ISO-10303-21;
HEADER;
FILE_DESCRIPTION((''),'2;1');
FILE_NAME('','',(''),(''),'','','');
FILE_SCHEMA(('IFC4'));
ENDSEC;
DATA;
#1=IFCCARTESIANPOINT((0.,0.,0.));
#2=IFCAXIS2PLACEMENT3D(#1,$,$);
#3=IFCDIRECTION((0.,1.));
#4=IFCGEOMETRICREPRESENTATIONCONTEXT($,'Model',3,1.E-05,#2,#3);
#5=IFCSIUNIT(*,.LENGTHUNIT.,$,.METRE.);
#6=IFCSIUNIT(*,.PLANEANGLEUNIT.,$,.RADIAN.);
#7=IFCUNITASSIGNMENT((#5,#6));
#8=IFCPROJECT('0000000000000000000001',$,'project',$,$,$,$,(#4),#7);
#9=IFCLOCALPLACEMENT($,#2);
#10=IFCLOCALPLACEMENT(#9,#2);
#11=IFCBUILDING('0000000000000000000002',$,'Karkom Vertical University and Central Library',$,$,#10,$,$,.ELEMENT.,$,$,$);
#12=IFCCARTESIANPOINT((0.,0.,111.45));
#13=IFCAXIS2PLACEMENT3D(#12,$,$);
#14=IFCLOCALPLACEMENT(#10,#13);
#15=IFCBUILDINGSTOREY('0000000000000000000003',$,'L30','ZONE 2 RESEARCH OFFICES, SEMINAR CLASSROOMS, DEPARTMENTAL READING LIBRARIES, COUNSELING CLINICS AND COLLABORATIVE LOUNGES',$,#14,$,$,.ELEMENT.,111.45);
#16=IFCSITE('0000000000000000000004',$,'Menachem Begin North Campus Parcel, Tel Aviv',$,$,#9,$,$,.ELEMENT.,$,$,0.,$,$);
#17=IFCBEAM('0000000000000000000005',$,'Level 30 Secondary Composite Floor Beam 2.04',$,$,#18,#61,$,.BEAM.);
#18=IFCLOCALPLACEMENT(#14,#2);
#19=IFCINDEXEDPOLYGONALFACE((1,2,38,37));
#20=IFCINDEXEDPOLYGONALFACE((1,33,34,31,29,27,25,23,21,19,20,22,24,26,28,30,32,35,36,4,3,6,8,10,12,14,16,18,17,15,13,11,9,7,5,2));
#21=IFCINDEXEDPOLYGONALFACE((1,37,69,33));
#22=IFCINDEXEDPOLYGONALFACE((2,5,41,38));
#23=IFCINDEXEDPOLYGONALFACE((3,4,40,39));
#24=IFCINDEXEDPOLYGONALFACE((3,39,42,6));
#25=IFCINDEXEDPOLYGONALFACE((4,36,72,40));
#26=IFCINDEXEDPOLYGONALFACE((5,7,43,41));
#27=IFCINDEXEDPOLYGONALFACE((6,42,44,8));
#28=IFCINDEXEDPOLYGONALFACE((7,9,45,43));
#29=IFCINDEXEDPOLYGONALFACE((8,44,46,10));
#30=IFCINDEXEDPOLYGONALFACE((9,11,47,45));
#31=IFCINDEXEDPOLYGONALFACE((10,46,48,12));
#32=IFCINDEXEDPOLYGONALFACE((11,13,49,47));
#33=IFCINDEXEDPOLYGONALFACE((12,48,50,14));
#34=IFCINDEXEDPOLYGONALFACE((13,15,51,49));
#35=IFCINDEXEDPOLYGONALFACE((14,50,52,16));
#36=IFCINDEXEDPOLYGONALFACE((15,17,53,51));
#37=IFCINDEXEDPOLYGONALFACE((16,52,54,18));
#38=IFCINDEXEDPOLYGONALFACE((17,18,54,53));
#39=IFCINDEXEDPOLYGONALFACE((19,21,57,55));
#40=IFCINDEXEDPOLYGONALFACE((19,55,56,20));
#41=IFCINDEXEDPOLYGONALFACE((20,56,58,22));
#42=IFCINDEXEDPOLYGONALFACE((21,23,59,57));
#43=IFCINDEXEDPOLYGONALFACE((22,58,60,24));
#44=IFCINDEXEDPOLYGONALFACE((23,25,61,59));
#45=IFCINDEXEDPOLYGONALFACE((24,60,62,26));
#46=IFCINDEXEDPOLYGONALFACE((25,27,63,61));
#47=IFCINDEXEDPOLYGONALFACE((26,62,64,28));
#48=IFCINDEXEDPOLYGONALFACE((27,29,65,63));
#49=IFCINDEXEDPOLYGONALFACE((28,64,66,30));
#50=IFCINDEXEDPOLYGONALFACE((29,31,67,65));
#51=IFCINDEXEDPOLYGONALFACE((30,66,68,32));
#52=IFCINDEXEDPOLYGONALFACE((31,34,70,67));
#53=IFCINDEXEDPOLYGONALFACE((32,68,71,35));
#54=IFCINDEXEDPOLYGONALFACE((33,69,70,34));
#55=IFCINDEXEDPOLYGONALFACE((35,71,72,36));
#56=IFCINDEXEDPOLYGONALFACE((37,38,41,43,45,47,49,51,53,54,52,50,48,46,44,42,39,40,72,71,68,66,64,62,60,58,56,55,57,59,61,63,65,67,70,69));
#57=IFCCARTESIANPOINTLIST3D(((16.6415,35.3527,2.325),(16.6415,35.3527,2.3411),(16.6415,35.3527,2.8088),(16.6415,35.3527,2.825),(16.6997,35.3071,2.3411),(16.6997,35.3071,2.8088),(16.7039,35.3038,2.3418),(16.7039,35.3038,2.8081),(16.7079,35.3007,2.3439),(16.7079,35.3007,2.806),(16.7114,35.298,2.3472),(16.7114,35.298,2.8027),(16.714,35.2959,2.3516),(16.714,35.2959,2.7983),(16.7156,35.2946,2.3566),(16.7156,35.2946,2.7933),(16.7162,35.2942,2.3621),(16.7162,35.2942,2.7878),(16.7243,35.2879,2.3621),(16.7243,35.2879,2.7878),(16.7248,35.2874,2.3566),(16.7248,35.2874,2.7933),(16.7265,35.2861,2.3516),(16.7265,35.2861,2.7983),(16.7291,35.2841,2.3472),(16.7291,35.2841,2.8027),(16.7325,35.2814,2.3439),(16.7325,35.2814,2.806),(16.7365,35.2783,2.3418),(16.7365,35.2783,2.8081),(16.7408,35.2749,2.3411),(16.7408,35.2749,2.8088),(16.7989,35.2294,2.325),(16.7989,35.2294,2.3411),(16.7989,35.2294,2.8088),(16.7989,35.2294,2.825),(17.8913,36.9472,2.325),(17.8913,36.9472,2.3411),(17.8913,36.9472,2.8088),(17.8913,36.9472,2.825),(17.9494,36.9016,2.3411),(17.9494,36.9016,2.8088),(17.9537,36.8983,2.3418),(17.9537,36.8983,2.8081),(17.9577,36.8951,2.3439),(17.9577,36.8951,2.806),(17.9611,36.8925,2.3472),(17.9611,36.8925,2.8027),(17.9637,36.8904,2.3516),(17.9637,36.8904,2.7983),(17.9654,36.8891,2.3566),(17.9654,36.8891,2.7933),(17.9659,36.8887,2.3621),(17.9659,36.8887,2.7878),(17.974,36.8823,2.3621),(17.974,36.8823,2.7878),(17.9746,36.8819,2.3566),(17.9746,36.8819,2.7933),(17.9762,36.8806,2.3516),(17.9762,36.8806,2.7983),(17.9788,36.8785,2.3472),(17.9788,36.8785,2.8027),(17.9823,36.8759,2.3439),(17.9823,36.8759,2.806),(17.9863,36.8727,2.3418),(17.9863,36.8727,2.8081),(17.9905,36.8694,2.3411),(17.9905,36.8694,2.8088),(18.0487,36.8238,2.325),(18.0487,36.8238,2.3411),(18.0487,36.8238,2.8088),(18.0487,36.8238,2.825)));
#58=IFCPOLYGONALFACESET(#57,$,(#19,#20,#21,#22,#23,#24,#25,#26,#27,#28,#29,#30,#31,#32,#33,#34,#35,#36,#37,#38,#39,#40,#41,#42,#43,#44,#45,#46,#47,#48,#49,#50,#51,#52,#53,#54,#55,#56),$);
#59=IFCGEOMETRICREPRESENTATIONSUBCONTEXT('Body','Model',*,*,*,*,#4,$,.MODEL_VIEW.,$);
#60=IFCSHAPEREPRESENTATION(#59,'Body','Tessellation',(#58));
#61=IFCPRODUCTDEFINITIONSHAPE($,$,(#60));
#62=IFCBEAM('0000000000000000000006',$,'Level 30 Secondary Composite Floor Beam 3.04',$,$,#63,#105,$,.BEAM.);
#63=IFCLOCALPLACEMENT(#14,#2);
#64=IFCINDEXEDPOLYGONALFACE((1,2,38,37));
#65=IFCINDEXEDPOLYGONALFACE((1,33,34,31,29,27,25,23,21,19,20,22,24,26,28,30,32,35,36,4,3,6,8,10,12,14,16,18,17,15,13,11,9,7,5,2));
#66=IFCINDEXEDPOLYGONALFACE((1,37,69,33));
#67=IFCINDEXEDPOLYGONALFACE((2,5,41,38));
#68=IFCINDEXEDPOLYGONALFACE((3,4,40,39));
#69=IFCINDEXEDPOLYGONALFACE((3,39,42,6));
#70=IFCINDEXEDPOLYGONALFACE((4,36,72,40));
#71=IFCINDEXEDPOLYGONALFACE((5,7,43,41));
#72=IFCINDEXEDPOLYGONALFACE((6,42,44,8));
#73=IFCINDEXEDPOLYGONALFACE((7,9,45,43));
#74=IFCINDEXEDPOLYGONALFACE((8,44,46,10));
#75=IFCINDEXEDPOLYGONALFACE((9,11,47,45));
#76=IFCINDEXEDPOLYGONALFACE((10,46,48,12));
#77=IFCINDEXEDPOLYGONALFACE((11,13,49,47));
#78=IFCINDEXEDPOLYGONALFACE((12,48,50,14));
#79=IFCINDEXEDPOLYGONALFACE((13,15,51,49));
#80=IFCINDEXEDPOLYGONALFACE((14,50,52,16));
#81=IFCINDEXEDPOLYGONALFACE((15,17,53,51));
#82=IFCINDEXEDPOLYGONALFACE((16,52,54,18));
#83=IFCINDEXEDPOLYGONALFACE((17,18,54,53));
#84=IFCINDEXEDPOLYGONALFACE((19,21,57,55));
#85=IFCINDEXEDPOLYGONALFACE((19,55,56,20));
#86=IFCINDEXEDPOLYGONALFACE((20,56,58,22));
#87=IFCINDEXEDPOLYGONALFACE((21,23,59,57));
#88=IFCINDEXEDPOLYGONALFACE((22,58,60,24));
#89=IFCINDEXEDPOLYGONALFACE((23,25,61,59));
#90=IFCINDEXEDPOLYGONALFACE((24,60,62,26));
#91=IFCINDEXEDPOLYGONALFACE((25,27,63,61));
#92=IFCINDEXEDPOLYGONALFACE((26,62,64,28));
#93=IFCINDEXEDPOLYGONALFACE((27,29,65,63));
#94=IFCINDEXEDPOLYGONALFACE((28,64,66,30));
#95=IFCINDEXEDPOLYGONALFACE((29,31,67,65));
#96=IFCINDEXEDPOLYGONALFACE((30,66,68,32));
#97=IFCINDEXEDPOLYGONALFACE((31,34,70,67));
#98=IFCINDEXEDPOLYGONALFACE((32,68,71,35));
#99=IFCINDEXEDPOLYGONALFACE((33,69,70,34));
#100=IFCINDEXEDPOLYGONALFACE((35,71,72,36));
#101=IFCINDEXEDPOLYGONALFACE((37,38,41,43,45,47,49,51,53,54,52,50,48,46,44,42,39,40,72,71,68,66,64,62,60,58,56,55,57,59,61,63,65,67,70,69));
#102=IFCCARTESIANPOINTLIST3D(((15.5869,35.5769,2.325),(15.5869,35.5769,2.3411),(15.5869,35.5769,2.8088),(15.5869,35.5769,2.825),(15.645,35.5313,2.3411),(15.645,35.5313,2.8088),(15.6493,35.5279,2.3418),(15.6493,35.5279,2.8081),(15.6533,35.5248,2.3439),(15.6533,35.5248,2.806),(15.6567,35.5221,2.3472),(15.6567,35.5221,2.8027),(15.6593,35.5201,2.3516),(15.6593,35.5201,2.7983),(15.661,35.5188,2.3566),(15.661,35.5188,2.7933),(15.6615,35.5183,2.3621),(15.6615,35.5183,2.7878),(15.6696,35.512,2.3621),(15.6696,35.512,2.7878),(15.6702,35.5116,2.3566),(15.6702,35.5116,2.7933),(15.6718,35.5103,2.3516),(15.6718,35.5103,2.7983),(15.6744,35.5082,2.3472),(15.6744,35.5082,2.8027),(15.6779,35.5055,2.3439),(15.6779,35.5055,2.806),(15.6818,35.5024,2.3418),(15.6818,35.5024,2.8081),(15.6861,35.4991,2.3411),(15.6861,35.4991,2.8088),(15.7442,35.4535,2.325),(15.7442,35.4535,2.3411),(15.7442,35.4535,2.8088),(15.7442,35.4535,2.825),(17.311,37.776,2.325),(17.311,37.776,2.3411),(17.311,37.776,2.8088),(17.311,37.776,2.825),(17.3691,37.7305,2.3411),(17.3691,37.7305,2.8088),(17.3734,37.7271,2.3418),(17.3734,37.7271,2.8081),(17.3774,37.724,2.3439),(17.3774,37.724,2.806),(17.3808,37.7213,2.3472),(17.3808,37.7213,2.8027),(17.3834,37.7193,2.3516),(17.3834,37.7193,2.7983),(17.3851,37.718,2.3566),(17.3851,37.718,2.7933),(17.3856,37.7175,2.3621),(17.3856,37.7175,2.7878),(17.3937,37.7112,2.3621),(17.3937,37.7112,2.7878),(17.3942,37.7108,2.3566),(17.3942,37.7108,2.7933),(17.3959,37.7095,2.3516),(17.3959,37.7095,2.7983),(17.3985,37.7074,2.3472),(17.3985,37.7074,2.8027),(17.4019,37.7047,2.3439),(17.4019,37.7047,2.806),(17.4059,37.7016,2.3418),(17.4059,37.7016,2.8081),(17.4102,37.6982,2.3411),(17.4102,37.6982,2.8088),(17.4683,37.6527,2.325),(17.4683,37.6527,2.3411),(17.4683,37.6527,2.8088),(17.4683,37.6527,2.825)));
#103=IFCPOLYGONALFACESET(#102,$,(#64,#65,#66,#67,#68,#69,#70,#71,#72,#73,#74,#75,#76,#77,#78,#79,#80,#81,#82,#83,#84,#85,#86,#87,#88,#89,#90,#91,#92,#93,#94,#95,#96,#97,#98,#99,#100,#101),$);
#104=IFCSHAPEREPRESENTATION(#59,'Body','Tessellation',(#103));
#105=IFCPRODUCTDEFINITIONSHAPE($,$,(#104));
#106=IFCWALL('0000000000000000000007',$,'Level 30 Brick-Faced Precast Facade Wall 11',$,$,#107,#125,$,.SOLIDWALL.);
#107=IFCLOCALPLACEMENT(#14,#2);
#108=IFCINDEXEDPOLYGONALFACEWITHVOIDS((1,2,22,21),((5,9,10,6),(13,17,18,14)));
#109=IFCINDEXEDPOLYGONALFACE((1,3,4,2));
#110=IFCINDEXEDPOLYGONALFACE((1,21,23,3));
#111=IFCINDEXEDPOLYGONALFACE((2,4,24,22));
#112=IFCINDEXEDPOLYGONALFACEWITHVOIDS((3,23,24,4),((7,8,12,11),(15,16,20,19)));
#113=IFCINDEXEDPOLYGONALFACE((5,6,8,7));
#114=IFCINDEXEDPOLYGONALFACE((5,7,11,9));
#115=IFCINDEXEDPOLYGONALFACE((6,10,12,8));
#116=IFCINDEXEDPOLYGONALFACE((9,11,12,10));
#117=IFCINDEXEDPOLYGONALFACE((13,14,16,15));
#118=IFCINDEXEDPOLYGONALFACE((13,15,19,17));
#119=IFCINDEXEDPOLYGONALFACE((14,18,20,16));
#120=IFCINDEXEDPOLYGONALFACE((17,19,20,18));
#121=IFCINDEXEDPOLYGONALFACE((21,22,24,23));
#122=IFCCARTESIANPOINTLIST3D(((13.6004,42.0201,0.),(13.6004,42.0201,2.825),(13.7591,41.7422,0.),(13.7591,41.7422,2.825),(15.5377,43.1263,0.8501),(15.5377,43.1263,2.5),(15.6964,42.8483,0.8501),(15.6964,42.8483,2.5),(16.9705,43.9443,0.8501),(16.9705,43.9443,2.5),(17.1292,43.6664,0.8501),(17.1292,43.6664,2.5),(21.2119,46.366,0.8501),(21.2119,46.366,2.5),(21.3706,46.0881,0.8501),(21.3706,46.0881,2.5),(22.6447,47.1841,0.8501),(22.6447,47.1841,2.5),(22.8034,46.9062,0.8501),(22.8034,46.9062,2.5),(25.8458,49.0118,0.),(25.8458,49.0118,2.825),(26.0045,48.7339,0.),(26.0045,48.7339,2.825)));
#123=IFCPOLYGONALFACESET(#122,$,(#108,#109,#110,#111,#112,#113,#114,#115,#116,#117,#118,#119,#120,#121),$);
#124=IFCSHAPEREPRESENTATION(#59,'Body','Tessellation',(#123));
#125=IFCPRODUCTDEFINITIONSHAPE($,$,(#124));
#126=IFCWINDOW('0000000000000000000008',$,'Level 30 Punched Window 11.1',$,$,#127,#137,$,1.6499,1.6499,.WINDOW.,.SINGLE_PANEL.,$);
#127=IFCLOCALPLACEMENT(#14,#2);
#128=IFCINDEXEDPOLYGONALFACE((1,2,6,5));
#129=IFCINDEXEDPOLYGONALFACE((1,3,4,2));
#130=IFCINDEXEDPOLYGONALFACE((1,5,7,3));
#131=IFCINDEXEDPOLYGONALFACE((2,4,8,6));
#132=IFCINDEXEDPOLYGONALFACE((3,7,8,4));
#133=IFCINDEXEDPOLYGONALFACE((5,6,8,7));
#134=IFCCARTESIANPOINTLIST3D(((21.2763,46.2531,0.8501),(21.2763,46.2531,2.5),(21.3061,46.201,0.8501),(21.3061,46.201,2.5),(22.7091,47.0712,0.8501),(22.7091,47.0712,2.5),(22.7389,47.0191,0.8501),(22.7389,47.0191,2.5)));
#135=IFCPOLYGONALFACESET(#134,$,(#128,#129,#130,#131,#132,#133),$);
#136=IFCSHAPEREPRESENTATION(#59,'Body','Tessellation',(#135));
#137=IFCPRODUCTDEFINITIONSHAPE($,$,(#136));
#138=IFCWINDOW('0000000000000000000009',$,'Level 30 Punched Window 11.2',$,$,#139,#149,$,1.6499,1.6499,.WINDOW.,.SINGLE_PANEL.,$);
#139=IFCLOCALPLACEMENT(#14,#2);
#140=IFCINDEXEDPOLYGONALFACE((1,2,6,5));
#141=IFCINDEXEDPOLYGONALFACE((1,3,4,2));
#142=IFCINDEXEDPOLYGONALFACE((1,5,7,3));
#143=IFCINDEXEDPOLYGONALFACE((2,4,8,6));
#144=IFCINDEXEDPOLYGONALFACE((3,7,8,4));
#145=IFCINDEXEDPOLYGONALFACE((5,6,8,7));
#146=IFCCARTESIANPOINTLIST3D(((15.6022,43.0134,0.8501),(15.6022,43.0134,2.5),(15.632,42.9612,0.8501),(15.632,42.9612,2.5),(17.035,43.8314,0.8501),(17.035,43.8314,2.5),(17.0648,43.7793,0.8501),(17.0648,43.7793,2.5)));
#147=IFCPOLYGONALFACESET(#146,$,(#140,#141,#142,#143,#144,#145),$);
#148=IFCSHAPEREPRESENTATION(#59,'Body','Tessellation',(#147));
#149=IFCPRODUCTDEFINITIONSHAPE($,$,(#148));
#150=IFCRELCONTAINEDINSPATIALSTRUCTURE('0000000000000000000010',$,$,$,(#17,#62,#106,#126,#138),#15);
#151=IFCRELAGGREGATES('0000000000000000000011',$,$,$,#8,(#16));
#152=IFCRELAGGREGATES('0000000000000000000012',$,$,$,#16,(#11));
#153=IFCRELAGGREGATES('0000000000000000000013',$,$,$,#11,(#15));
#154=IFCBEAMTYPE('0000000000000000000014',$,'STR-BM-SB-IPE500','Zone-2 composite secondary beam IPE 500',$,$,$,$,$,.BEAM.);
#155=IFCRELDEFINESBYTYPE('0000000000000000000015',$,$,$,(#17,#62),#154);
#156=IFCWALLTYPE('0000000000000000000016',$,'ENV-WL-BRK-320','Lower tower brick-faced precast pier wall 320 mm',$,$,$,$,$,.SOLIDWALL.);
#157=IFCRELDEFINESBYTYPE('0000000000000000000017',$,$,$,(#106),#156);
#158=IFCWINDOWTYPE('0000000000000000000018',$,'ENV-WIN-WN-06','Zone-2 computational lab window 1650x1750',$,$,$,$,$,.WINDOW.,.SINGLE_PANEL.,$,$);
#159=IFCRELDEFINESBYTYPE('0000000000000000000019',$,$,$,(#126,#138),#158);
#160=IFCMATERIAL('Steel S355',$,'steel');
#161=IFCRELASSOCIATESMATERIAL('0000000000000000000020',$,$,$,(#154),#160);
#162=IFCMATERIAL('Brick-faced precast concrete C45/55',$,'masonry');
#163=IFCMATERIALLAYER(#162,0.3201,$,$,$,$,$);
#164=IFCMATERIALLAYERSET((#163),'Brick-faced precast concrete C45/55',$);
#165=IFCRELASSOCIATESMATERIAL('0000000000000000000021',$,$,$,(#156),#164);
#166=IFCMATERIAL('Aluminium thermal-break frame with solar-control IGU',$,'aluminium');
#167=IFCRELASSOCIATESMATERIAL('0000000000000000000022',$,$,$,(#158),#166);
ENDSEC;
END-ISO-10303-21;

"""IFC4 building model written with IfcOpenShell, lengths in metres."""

from ifc_helpers import new_model, si_unit, direction, frame, frame_2d, origin, origin_with_axes, origin_2d, place, context, subcontext, project, spatial, rectangle, i_section, extrude, source, transform, mapped, material, layer, layer_set, material_profile, profile_set, type_object, element, fill, save


model = new_model("IFC4")

# Units and contexts
model_context = context("Model", 3, precision=1e-05, world=origin(), true_north=direction((0.0, 1.0)))
body_context = subcontext(model_context, "Body", "Model", "MODEL_VIEW")
ifc_project = project(units=[si_unit("LENGTHUNIT", "METRE"), si_unit("PLANEANGLEUNIT", "RADIAN")], contexts=[model_context])

# Site, building, storey
site_placement = place(None, origin())
site = spatial("IfcSite", under=ifc_project, at=site_placement, Name="Menachem Begin North Campus Parcel, Tel Aviv", CompositionType="ELEMENT", RefElevation=0.0)
building_placement = place(site_placement, origin())
building = spatial("IfcBuilding", under=site, at=building_placement, Name="Karkom Vertical University and Central Library", CompositionType="ELEMENT")
storey_placement = place(building_placement, frame((0.0, 0.0, 111.45)))
storey = spatial("IfcBuildingStorey", under=building, at=storey_placement, Name="L30", Description="ZONE 2 RESEARCH OFFICES, SEMINAR CLASSROOMS, DEPARTMENTAL READING LIBRARIES, COUNSELING CLINICS AND COLLABORATIVE LOUNGES", CompositionType="ELEMENT", Elevation=111.45)

# Beams
ifc_material_1 = material(Name="Steel S355", Category="steel")
ifc_material_profile_1 = material_profile(ifc_material_1, i_section(OverallWidth=0.2, OverallDepth=0.5, WebThickness=0.0103, FlangeThickness=0.0161, FilletRadius=0.021, at=origin_2d()), Name="IPE 500")
ifc_profile_set_1 = profile_set([ifc_material_profile_1], Name="Steel S355")
beam_type_1 = type_object("IfcBeamType", Name="STR-BM-SB-IPE500", Description="Zone-2 composite secondary beam IPE 500", PredefinedType="BEAM", material=ifc_profile_set_1)
shared_shape_1 = source(origin_with_axes(), body_context, "Body", "SweptSolid", [
    extrude(i_section(OverallWidth=0.2, OverallDepth=0.5, WebThickness=0.0103, FlangeThickness=0.0161, FilletRadius=0.021, at=origin_2d()), origin(), (0.0, 0.0, 1.0), 2.0259),
])
beam_1_placement = place(storey_placement, frame((17.97, 36.8855, 2.575), z_axis=(-0.61689, -0.78705, 0.0), x_axis=(0.78705, -0.61689, 0.0)))
element("IfcBeam", 1, at=beam_1_placement, inside=storey, type_object=beam_type_1, Name="Level 30 Secondary Composite Floor Beam 2.04", PredefinedType="BEAM", context=body_context, shape_type="MappedRepresentation", body=[
    mapped(shared_shape_1, transform((0.0, 0.0, 0.0), scale=1.0)),
])
shared_shape_2 = source(origin_with_axes(), body_context, "Body", "SweptSolid", [
    extrude(i_section(OverallWidth=0.2, OverallDepth=0.5, WebThickness=0.0103, FlangeThickness=0.0161, FilletRadius=0.021, at=origin_2d()), origin(), (0.0, 0.0, 1.0), 2.7944),
])
beam_2_placement = place(storey_placement, frame((17.3896, 37.7144, 2.575), z_axis=(-0.616972, -0.786985, 0.0), x_axis=(0.786985, -0.616972, 0.0)))
element("IfcBeam", 2, at=beam_2_placement, inside=storey, type_object=beam_type_1, Name="Level 30 Secondary Composite Floor Beam 3.04", PredefinedType="BEAM", context=body_context, shape_type="MappedRepresentation", body=[
    mapped(shared_shape_2, transform((0.0, 0.0, 0.0), scale=1.0)),
])

# Wall, openings, windows
ifc_material_2 = material(Name="Brick-faced precast concrete C45/55", Category="masonry")
ifc_layer_1 = layer(ifc_material_2, 0.3201)
ifc_layer_set_1 = layer_set([ifc_layer_1], Name="Brick-faced precast concrete C45/55")
wall_type_1 = type_object("IfcWallType", Name="ENV-WL-BRK-320", Description="Lower tower brick-faced precast pier wall 320 mm", PredefinedType="SOLIDWALL", material=ifc_layer_set_1)
wall_1_placement = place(storey_placement, frame((25.925, 48.8728, 0.0), z_axis=(0.0, 0.0, 1.0), x_axis=(-0.868416, -0.495837, 0.0)))
wall_1 = element("IfcWall", 3, at=wall_1_placement, inside=storey, type_object=wall_type_1, Name="Level 30 Brick-Faced Precast Facade Wall 11", PredefinedType="SOLIDWALL", context=body_context, shape_type="SweptSolid", body=[
    extrude(rectangle(XDim=14.1008, YDim=0.3201, at=frame_2d((7.0503, 0.0))), origin(), (0.0, 0.0, 1.0), 2.825),
])
opening_1_placement = place(wall_1_placement, frame((3.686, 0.0, 0.8501)))
opening_1 = element("IfcOpeningElement", 4, at=opening_1_placement, cuts=wall_1, PredefinedType="OPENING", context=body_context, shape_type="SweptSolid", body=[
    extrude(rectangle(XDim=1.6499, YDim=1.6499, at=frame_2d((0.825, 0.825))), frame((0.0, 0.1699, 0.0), z_axis=(0.0, -1.0, 0.0), x_axis=(1.0, 0.0, 0.0)), (0.0, 0.0, 1.0), 0.3401),
])
opening_2_placement = place(wall_1_placement, frame((10.22, 0.0, 0.8501)))
opening_2 = element("IfcOpeningElement", 5, at=opening_2_placement, cuts=wall_1, PredefinedType="OPENING", context=body_context, shape_type="SweptSolid", body=[
    extrude(rectangle(XDim=1.6499, YDim=1.6499, at=frame_2d((0.825, 0.825))), frame((0.0, 0.1699, 0.0), z_axis=(0.0, -1.0, 0.0), x_axis=(1.0, 0.0, 0.0)), (0.0, 0.0, 1.0), 0.3401),
])
ifc_material_3 = material(Name="Aluminium thermal-break frame with solar-control IGU", Category="aluminium")
window_type = type_object("IfcWindowType", Name="ENV-WIN-WN-06", Description="Zone-2 computational lab window 1650x1750", PartitioningType="SINGLE_PANEL", PredefinedType="WINDOW", material=ifc_material_3)
shared_shape_3 = source(origin_with_axes(), body_context, "Body", "SweptSolid", [
    extrude(rectangle(XDim=1.6499, YDim=1.6499, at=frame_2d((0.825, 0.825))), frame((0.0, 0.03, 0.0), z_axis=(0.0, -1.0, 0.0), x_axis=(1.0, 0.0, 0.0)), (0.0, 0.0, 1.0), 0.0601),
])
window_1_placement = place(opening_1_placement, origin())
window_1 = element("IfcWindow", 6, at=window_1_placement, inside=storey, type_object=window_type, Name="Level 30 Punched Window 11.1", OverallHeight=1.6499, OverallWidth=1.6499, PartitioningType="SINGLE_PANEL", PredefinedType="WINDOW", context=body_context, shape_type="MappedRepresentation", body=[
    mapped(shared_shape_3, transform((0.0, 0.0, 0.0), scale=1.0)),
])
fill(opening_1, window_1)
window_2_placement = place(opening_2_placement, origin())
window_2 = element("IfcWindow", 7, at=window_2_placement, inside=storey, type_object=window_type, Name="Level 30 Punched Window 11.2", OverallHeight=1.6499, OverallWidth=1.6499, PartitioningType="SINGLE_PANEL", PredefinedType="WINDOW", context=body_context, shape_type="MappedRepresentation", body=[
    mapped(shared_shape_3, transform((0.0, 0.0, 0.0), scale=1.0)),
])
fill(opening_2, window_2)

save(model, "model.ifc")
